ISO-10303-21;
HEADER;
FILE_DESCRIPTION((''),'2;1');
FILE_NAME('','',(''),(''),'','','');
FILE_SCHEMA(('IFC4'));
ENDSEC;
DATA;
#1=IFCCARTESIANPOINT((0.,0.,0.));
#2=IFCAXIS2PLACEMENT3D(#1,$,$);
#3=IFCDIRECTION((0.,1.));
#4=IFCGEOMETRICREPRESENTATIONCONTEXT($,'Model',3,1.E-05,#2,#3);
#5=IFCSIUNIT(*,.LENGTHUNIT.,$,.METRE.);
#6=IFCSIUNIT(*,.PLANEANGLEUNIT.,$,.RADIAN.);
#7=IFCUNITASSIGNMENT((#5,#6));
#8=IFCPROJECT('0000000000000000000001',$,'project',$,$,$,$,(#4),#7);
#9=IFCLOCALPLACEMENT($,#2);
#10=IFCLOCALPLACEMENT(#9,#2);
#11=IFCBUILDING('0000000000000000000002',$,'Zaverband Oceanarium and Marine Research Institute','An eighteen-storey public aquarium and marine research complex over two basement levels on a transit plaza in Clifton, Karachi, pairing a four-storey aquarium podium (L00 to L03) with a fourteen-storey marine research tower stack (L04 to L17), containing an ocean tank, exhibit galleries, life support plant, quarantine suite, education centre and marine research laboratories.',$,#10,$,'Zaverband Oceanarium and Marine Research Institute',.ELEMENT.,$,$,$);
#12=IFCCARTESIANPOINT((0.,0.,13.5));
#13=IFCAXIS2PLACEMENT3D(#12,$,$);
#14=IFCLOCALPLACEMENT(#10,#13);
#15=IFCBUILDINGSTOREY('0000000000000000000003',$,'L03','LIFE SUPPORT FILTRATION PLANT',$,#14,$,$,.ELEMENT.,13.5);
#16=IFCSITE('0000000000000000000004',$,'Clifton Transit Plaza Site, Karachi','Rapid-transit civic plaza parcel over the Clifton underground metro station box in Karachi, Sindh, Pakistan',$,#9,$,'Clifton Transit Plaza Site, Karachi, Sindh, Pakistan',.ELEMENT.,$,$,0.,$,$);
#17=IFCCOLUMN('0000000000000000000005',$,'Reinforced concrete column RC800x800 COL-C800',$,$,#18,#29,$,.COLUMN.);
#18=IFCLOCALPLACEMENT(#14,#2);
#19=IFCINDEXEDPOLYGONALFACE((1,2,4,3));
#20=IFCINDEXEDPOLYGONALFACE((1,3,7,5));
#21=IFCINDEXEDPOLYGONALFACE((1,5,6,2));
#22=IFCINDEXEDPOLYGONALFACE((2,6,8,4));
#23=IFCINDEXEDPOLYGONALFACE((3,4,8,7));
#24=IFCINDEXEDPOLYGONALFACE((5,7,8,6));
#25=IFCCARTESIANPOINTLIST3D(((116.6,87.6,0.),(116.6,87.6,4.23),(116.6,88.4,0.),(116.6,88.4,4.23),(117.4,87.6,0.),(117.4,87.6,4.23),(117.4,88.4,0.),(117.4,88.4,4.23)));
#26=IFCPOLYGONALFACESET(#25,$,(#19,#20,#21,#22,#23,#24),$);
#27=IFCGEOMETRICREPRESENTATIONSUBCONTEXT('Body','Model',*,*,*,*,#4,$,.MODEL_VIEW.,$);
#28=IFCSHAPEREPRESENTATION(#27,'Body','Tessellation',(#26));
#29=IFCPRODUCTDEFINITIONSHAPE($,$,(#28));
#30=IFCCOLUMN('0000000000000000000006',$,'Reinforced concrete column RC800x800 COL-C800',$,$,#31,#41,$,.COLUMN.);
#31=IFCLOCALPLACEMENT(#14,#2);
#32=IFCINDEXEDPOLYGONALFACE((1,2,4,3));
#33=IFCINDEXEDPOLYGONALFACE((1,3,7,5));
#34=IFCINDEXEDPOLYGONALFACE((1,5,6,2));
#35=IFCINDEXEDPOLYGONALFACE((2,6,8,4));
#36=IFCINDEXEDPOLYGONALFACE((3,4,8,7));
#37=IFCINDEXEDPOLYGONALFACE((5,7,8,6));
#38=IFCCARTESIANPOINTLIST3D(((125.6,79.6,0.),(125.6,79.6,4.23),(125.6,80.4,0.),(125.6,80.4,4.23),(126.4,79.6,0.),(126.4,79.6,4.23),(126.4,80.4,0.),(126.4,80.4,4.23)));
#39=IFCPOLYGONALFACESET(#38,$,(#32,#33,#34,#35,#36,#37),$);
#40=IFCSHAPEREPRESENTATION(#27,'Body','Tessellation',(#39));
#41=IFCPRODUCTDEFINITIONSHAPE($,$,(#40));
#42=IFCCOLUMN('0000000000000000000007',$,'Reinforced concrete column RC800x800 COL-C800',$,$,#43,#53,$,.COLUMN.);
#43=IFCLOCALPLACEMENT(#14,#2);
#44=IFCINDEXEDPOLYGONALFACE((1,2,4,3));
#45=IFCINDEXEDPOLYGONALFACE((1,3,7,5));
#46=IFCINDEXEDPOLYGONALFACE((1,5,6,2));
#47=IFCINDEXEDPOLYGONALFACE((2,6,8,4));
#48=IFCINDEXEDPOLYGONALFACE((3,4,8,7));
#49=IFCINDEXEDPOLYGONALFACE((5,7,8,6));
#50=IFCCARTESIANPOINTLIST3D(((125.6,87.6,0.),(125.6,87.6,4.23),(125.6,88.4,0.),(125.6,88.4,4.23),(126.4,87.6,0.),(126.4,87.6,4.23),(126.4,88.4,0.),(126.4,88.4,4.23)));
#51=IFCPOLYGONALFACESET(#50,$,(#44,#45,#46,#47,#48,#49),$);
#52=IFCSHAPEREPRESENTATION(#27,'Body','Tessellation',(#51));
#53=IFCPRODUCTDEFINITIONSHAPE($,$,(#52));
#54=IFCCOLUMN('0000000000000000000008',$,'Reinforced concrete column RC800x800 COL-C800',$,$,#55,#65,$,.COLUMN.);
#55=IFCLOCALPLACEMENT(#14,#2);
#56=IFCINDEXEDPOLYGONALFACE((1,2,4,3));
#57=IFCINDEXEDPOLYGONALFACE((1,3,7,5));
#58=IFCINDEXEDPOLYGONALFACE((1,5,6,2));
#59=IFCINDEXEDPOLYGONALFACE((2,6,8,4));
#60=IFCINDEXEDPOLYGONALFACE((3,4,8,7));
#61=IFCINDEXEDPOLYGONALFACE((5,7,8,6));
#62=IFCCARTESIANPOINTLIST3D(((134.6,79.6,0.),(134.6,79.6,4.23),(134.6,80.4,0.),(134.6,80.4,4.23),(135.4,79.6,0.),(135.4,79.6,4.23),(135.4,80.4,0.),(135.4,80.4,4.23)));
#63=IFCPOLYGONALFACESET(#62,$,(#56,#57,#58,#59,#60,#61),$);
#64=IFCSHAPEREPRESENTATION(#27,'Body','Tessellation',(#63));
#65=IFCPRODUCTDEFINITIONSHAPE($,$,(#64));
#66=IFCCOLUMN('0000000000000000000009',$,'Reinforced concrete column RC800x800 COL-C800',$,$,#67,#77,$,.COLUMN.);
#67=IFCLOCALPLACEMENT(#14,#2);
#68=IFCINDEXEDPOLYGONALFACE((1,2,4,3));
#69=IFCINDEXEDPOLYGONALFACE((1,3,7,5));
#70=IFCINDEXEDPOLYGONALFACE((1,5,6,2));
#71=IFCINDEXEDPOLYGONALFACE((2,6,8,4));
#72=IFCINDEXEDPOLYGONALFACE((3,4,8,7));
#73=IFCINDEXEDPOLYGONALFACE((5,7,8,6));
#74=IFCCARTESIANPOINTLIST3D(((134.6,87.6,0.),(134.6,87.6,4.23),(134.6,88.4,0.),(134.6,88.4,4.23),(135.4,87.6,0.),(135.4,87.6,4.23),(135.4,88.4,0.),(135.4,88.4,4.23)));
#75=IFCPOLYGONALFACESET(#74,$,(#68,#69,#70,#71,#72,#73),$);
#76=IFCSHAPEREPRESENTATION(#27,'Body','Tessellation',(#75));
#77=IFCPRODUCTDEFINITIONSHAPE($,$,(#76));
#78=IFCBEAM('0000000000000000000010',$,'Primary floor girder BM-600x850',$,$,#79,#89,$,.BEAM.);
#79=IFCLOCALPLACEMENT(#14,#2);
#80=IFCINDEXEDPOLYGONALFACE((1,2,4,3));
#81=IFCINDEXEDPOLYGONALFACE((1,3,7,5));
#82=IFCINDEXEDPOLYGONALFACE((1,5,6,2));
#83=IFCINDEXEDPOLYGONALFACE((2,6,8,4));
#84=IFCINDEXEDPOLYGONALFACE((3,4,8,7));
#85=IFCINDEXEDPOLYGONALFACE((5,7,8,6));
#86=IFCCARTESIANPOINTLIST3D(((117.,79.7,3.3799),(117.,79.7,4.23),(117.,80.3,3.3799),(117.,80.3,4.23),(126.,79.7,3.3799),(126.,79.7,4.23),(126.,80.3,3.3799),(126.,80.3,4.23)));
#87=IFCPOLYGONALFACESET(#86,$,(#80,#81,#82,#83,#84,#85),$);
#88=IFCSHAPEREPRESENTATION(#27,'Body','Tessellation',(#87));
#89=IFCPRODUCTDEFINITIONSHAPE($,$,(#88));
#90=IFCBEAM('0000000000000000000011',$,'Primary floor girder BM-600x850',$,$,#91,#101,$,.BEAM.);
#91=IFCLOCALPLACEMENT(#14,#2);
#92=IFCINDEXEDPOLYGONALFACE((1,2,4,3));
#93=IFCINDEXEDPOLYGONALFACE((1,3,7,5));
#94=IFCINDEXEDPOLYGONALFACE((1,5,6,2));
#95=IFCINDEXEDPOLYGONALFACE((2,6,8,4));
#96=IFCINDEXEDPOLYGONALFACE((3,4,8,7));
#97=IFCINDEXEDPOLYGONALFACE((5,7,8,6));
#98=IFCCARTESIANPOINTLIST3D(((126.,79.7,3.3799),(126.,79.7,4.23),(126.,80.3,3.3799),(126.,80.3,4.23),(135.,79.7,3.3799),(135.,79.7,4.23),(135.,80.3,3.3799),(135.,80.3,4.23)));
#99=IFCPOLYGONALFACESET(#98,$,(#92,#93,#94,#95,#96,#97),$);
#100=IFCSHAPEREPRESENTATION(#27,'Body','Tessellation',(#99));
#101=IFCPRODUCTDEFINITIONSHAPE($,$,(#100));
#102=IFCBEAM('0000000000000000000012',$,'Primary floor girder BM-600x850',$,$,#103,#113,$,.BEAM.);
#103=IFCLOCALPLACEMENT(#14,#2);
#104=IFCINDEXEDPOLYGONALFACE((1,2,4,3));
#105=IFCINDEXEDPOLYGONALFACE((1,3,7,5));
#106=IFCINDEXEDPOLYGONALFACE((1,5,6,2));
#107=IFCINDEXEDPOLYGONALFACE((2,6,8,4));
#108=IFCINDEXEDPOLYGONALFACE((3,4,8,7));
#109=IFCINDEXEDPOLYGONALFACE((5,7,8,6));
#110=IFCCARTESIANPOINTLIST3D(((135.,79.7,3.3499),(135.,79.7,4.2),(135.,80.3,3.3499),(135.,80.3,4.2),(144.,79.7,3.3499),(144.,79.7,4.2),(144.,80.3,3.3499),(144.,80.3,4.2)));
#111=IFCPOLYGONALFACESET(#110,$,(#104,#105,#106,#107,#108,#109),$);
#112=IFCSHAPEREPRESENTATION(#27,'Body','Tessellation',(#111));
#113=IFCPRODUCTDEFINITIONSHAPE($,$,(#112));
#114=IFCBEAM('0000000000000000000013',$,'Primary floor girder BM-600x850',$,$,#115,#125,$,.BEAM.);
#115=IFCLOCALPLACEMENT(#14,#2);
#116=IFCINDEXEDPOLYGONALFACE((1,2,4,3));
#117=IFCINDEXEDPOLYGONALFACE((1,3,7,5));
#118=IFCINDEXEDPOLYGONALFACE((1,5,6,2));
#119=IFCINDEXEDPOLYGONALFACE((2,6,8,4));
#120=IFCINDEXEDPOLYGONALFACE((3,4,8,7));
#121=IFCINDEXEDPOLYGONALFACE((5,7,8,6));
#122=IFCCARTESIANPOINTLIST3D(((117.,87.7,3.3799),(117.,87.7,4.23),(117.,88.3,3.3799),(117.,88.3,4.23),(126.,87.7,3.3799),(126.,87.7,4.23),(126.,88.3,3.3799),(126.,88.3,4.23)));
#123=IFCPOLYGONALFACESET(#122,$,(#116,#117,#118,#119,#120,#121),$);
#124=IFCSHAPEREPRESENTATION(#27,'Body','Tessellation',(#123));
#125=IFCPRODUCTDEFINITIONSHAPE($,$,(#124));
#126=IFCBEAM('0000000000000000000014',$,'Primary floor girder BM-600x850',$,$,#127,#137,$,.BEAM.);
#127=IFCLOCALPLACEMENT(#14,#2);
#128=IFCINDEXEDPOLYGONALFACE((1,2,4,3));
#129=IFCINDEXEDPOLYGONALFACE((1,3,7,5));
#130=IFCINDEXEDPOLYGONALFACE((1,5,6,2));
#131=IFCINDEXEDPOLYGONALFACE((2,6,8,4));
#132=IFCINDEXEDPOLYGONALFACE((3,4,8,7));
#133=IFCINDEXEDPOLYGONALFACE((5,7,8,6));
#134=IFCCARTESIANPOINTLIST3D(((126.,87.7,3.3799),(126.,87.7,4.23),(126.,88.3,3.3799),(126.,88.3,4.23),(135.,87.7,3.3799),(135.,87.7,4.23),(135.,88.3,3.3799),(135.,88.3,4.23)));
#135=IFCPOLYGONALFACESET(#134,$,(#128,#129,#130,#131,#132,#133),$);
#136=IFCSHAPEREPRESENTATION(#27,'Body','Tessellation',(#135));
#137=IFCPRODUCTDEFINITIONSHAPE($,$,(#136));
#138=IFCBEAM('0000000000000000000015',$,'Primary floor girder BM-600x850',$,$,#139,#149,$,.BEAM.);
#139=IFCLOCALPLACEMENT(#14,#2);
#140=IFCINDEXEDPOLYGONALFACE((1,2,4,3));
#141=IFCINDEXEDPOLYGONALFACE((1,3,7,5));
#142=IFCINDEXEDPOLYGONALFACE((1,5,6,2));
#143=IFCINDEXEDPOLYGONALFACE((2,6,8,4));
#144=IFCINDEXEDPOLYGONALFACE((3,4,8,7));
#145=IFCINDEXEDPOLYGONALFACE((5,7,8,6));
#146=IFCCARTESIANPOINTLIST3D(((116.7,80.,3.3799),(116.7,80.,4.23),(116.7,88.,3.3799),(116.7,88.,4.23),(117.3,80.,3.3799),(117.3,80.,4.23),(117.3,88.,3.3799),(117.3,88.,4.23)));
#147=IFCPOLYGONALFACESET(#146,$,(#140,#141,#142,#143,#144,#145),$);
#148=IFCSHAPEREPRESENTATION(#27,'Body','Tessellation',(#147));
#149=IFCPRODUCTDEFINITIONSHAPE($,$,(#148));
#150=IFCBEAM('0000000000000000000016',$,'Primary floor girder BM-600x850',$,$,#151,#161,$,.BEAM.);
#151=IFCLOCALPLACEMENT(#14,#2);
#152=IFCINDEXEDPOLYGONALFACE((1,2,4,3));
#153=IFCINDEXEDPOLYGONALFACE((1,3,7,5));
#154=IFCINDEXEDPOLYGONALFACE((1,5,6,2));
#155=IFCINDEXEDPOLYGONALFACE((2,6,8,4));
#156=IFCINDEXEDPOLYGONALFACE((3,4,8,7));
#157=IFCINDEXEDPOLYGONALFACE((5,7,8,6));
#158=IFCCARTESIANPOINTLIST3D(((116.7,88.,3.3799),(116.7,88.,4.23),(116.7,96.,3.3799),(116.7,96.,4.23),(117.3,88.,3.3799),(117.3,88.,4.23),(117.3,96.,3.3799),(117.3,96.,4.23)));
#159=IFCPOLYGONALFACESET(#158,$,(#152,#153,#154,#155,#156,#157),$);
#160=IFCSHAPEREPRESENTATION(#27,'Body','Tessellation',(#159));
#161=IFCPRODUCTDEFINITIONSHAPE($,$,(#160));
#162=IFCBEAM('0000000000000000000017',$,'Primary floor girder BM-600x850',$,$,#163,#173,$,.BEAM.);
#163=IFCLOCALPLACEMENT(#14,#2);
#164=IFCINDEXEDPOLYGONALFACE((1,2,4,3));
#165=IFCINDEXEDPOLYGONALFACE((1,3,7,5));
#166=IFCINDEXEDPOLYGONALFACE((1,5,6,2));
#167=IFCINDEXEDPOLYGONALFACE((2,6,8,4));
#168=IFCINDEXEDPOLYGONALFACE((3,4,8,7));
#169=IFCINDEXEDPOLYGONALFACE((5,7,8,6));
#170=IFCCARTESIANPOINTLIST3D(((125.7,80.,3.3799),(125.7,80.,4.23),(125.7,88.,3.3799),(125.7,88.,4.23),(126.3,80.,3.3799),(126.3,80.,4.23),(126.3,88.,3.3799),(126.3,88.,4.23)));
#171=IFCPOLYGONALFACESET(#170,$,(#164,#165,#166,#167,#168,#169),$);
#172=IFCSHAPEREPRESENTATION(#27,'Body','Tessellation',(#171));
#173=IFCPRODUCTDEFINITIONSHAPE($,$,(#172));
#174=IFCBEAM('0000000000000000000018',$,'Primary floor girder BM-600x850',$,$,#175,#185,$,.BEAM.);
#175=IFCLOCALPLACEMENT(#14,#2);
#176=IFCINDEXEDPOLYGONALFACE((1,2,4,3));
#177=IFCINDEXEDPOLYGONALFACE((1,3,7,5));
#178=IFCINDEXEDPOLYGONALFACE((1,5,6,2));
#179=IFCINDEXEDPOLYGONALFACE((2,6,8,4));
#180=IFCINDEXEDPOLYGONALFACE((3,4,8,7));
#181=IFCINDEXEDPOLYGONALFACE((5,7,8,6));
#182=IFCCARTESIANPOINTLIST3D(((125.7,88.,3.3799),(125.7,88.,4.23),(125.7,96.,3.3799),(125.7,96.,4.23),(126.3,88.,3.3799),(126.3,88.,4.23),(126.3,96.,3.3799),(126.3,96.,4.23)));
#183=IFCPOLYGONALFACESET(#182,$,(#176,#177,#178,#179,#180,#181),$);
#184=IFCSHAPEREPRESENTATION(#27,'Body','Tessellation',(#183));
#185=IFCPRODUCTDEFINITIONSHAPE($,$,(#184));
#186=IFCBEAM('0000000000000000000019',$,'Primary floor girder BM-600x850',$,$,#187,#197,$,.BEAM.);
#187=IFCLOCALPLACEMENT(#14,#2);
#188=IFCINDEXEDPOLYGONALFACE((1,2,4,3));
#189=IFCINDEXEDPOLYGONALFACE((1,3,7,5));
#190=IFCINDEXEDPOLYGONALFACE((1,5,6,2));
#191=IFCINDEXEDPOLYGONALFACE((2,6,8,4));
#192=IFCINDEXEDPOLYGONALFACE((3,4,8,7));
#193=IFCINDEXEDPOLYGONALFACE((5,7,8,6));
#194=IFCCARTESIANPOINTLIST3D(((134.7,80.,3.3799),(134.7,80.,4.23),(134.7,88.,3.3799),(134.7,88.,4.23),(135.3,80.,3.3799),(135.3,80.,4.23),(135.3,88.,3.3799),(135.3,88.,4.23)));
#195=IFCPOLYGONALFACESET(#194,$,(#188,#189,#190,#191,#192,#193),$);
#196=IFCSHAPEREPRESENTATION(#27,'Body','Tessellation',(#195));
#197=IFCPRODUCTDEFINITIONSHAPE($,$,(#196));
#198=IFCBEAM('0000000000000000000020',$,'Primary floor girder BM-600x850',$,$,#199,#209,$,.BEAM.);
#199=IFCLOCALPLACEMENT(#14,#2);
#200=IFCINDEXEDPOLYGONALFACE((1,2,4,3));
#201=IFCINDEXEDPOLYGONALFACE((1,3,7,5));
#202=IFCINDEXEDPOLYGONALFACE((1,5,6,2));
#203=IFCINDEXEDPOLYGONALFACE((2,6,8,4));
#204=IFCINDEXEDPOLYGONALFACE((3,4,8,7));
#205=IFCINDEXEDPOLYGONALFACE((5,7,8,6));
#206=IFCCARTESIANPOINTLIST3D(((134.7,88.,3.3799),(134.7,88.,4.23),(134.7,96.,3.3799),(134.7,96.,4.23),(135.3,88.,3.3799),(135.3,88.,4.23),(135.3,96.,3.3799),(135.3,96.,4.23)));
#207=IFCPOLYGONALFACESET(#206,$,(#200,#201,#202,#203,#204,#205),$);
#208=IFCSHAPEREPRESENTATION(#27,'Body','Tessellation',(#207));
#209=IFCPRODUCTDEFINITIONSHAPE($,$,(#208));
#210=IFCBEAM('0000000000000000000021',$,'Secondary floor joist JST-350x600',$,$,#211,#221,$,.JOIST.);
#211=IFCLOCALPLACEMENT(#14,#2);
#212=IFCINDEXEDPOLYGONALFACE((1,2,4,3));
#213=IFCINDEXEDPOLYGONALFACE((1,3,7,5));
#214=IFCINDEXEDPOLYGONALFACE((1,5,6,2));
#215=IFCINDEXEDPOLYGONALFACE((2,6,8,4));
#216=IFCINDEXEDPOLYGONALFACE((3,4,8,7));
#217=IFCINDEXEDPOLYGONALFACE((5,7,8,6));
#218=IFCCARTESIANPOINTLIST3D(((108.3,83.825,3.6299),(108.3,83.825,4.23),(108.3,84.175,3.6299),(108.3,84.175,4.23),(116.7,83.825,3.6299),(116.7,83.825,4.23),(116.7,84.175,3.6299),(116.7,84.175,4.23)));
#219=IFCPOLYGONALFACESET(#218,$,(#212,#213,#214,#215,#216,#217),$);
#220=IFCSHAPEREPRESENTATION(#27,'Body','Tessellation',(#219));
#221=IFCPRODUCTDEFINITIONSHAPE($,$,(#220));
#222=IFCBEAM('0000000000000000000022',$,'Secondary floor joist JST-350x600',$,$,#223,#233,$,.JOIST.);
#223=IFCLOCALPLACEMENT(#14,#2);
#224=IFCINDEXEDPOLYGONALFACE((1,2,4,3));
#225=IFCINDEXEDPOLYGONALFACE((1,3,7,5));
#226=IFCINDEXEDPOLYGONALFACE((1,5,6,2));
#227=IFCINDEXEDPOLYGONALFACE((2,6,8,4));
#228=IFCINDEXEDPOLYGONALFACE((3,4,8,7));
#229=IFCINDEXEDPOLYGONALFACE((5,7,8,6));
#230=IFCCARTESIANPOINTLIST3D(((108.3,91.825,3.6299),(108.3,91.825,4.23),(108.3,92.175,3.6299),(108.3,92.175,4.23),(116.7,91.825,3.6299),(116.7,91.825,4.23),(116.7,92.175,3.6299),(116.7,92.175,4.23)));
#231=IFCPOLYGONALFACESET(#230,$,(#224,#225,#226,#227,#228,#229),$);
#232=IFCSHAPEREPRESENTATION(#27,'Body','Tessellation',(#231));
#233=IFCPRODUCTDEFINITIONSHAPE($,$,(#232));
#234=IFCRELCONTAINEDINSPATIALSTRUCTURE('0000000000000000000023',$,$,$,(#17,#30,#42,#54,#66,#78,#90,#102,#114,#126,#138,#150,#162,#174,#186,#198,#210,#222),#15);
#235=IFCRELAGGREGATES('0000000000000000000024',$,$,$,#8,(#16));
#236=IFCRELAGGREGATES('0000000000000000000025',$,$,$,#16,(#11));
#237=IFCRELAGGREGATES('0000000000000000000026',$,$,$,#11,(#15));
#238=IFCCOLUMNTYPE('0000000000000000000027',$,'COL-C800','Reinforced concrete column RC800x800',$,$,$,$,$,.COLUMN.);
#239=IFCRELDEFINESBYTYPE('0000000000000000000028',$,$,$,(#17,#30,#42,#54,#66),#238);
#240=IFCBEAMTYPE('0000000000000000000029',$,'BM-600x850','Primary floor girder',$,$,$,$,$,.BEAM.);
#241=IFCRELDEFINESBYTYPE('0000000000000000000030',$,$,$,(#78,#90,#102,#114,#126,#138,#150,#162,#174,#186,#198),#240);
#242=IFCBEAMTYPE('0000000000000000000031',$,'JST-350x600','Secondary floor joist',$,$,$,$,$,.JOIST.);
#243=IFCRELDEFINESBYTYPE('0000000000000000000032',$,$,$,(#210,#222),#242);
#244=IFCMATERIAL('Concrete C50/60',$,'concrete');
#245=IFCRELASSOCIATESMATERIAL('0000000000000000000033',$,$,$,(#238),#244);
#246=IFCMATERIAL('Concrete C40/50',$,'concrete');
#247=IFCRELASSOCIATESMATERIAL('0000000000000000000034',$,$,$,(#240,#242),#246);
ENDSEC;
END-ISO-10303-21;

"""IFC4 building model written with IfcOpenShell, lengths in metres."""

from ifc_helpers import new_model, si_unit, direction, frame, origin, origin_2d, place, context, subcontext, project, spatial, rectangle, extrude, material, material_profile, profile_set, type_object, element, save


model = new_model("IFC4")

# Units and contexts
model_context = context("Model", 3, precision=1e-05, world=origin(), true_north=direction((0.0, 1.0)))
body_context = subcontext(model_context, "Body", "Model", "MODEL_VIEW")
ifc_project = project(units=[si_unit("LENGTHUNIT", "METRE"), si_unit("PLANEANGLEUNIT", "RADIAN")], contexts=[model_context])

# Site, building, storey
site_placement = place(None, origin())
site = spatial("IfcSite", under=ifc_project, at=site_placement, Name="Clifton Transit Plaza Site, Karachi", Description="Rapid-transit civic plaza parcel over the Clifton underground metro station box in Karachi, Sindh, Pakistan", LongName="Clifton Transit Plaza Site, Karachi, Sindh, Pakistan", CompositionType="ELEMENT", RefElevation=0.0)
building_placement = place(site_placement, origin())
building = spatial("IfcBuilding", under=site, at=building_placement, Name="Zaverband Oceanarium and Marine Research Institute", Description="An eighteen-storey public aquarium and marine research complex over two basement levels on a transit plaza in Clifton, Karachi, pairing a four-storey aquarium podium (L00 to L03) with a fourteen-storey marine research tower stack (L04 to L17), containing an ocean tank, exhibit galleries, life support plant, quarantine suite, education centre and marine research laboratories.", LongName="Zaverband Oceanarium and Marine Research Institute", CompositionType="ELEMENT")
storey_placement = place(building_placement, frame((0.0, 0.0, 13.5)))
storey = spatial("IfcBuildingStorey", under=building, at=storey_placement, Name="L03", Description="LIFE SUPPORT FILTRATION PLANT", CompositionType="ELEMENT", Elevation=13.5)

# Columns
ifc_material_1 = material(Name="Concrete C50/60", Category="concrete")
ifc_material_profile_1 = material_profile(ifc_material_1, rectangle(XDim=0.8, YDim=0.8, at=origin_2d()), Name="RC800x800")
ifc_profile_set_1 = profile_set([ifc_material_profile_1], Name="Concrete C50/60")
column_type = type_object("IfcColumnType", Name="COL-C800", Description="Reinforced concrete column RC800x800", PredefinedType="COLUMN", material=ifc_profile_set_1)
for number, where, z_axis, x_axis, name in (
    (1, (117.0, 88.0, 0.0), (0.0, 0.0, 1.0), (1.0, 0.0, 0.0), "Reinforced concrete column RC800x800 COL-C800"),
    (2, (126.0, 80.0, 0.0), (0.0, 0.0, 1.0), (1.0, 0.0, 0.0), "Reinforced concrete column RC800x800 COL-C800"),
    (3, (126.0, 88.0, 0.0), (0.0, 0.0, 1.0), (1.0, 0.0, 0.0), "Reinforced concrete column RC800x800 COL-C800"),
    (4, (135.0, 80.0, 0.0), (0.0, 0.0, 1.0), (1.0, 0.0, 0.0), "Reinforced concrete column RC800x800 COL-C800"),
    (5, (135.0, 88.0, 0.0), (0.0, 0.0, 1.0), (1.0, 0.0, 0.0), "Reinforced concrete column RC800x800 COL-C800"),
):
    element("IfcColumn", number, at=place(storey_placement, frame(where, z_axis=z_axis, x_axis=x_axis)), inside=storey, type_object=column_type, Name=name, PredefinedType="COLUMN", context=body_context, shape_type="SweptSolid", body=[
        extrude(rectangle(XDim=0.8, YDim=0.8, at=origin_2d()), origin(), (0.0, 0.0, 1.0), 4.23),
    ])

# Beams
ifc_material_2 = material(Name="Concrete C40/50", Category="concrete")
ifc_material_profile_2 = material_profile(ifc_material_2, rectangle(XDim=0.6001, YDim=0.8501, at=origin_2d()), Name="RC600x850")
ifc_profile_set_2 = profile_set([ifc_material_profile_2], Name="Concrete C40/50")
beam_type_1 = type_object("IfcBeamType", Name="BM-600x850", Description="Primary floor girder", PredefinedType="BEAM", material=ifc_profile_set_2)
for number, where, z_axis, x_axis, name in (
    (6, (117.0, 80.0, 3.8049), (1.0, 0.0, 0.0), (0.0, 1.0, 0.0), "Primary floor girder BM-600x850"),
    (7, (126.0, 80.0, 3.8049), (1.0, 0.0, 0.0), (0.0, 1.0, 0.0), "Primary floor girder BM-600x850"),
    (8, (135.0, 80.0, 3.7749), (1.0, 0.0, 0.0), (0.0, 1.0, 0.0), "Primary floor girder BM-600x850"),
    (9, (117.0, 88.0, 3.8049), (1.0, 0.0, 0.0), (0.0, 1.0, 0.0), "Primary floor girder BM-600x850"),
    (10, (126.0, 88.0, 3.8049), (1.0, 0.0, 0.0), (0.0, 1.0, 0.0), "Primary floor girder BM-600x850"),
):
    element("IfcBeam", number, at=place(storey_placement, frame(where, z_axis=z_axis, x_axis=x_axis)), inside=storey, type_object=beam_type_1, Name=name, PredefinedType="BEAM", context=body_context, shape_type="SweptSolid", body=[
        extrude(rectangle(XDim=0.6001, YDim=0.8501, at=origin_2d()), origin(), (0.0, 0.0, 1.0), 9.0),
    ])
for number, where, z_axis, x_axis, name in (
    (11, (117.0, 80.0, 3.8049), (0.0, 1.0, 0.0), (-1.0, 0.0, 0.0), "Primary floor girder BM-600x850"),
    (12, (117.0, 88.0, 3.8049), (0.0, 1.0, 0.0), (-1.0, 0.0, 0.0), "Primary floor girder BM-600x850"),
    (13, (126.0, 80.0, 3.8049), (0.0, 1.0, 0.0), (-1.0, 0.0, 0.0), "Primary floor girder BM-600x850"),
    (14, (126.0, 88.0, 3.8049), (0.0, 1.0, 0.0), (-1.0, 0.0, 0.0), "Primary floor girder BM-600x850"),
    (15, (135.0, 80.0, 3.8049), (0.0, 1.0, 0.0), (-1.0, 0.0, 0.0), "Primary floor girder BM-600x850"),
    (16, (135.0, 88.0, 3.8049), (0.0, 1.0, 0.0), (-1.0, 0.0, 0.0), "Primary floor girder BM-600x850"),
):
    element("IfcBeam", number, at=place(storey_placement, frame(where, z_axis=z_axis, x_axis=x_axis)), inside=storey, type_object=beam_type_1, Name=name, PredefinedType="BEAM", context=body_context, shape_type="SweptSolid", body=[
        extrude(rectangle(XDim=0.6001, YDim=0.8501, at=origin_2d()), origin(), (0.0, 0.0, 1.0), 8.0),
    ])
ifc_material_profile_3 = material_profile(ifc_material_2, rectangle(XDim=0.3501, YDim=0.6001, at=origin_2d()), Name="RC350x600")
ifc_profile_set_3 = profile_set([ifc_material_profile_3], Name="Concrete C40/50")
beam_type_2 = type_object("IfcBeamType", Name="JST-350x600", Description="Secondary floor joist", PredefinedType="JOIST", material=ifc_profile_set_3)
for number, where, z_axis, x_axis, name in (
    (17, (108.3, 84.0, 3.9299), (1.0, 0.0, 0.0), (0.0, 1.0, 0.0), "Secondary floor joist JST-350x600"),
    (18, (108.3, 92.0, 3.9299), (1.0, 0.0, 0.0), (0.0, 1.0, 0.0), "Secondary floor joist JST-350x600"),
):
    element("IfcBeam", number, at=place(storey_placement, frame(where, z_axis=z_axis, x_axis=x_axis)), inside=storey, type_object=beam_type_2, Name=name, PredefinedType="JOIST", context=body_context, shape_type="SweptSolid", body=[
        extrude(rectangle(XDim=0.3501, YDim=0.6001, at=origin_2d()), origin(), (0.0, 0.0, 1.0), 8.3999),
    ])

save(model, "model.ifc")
